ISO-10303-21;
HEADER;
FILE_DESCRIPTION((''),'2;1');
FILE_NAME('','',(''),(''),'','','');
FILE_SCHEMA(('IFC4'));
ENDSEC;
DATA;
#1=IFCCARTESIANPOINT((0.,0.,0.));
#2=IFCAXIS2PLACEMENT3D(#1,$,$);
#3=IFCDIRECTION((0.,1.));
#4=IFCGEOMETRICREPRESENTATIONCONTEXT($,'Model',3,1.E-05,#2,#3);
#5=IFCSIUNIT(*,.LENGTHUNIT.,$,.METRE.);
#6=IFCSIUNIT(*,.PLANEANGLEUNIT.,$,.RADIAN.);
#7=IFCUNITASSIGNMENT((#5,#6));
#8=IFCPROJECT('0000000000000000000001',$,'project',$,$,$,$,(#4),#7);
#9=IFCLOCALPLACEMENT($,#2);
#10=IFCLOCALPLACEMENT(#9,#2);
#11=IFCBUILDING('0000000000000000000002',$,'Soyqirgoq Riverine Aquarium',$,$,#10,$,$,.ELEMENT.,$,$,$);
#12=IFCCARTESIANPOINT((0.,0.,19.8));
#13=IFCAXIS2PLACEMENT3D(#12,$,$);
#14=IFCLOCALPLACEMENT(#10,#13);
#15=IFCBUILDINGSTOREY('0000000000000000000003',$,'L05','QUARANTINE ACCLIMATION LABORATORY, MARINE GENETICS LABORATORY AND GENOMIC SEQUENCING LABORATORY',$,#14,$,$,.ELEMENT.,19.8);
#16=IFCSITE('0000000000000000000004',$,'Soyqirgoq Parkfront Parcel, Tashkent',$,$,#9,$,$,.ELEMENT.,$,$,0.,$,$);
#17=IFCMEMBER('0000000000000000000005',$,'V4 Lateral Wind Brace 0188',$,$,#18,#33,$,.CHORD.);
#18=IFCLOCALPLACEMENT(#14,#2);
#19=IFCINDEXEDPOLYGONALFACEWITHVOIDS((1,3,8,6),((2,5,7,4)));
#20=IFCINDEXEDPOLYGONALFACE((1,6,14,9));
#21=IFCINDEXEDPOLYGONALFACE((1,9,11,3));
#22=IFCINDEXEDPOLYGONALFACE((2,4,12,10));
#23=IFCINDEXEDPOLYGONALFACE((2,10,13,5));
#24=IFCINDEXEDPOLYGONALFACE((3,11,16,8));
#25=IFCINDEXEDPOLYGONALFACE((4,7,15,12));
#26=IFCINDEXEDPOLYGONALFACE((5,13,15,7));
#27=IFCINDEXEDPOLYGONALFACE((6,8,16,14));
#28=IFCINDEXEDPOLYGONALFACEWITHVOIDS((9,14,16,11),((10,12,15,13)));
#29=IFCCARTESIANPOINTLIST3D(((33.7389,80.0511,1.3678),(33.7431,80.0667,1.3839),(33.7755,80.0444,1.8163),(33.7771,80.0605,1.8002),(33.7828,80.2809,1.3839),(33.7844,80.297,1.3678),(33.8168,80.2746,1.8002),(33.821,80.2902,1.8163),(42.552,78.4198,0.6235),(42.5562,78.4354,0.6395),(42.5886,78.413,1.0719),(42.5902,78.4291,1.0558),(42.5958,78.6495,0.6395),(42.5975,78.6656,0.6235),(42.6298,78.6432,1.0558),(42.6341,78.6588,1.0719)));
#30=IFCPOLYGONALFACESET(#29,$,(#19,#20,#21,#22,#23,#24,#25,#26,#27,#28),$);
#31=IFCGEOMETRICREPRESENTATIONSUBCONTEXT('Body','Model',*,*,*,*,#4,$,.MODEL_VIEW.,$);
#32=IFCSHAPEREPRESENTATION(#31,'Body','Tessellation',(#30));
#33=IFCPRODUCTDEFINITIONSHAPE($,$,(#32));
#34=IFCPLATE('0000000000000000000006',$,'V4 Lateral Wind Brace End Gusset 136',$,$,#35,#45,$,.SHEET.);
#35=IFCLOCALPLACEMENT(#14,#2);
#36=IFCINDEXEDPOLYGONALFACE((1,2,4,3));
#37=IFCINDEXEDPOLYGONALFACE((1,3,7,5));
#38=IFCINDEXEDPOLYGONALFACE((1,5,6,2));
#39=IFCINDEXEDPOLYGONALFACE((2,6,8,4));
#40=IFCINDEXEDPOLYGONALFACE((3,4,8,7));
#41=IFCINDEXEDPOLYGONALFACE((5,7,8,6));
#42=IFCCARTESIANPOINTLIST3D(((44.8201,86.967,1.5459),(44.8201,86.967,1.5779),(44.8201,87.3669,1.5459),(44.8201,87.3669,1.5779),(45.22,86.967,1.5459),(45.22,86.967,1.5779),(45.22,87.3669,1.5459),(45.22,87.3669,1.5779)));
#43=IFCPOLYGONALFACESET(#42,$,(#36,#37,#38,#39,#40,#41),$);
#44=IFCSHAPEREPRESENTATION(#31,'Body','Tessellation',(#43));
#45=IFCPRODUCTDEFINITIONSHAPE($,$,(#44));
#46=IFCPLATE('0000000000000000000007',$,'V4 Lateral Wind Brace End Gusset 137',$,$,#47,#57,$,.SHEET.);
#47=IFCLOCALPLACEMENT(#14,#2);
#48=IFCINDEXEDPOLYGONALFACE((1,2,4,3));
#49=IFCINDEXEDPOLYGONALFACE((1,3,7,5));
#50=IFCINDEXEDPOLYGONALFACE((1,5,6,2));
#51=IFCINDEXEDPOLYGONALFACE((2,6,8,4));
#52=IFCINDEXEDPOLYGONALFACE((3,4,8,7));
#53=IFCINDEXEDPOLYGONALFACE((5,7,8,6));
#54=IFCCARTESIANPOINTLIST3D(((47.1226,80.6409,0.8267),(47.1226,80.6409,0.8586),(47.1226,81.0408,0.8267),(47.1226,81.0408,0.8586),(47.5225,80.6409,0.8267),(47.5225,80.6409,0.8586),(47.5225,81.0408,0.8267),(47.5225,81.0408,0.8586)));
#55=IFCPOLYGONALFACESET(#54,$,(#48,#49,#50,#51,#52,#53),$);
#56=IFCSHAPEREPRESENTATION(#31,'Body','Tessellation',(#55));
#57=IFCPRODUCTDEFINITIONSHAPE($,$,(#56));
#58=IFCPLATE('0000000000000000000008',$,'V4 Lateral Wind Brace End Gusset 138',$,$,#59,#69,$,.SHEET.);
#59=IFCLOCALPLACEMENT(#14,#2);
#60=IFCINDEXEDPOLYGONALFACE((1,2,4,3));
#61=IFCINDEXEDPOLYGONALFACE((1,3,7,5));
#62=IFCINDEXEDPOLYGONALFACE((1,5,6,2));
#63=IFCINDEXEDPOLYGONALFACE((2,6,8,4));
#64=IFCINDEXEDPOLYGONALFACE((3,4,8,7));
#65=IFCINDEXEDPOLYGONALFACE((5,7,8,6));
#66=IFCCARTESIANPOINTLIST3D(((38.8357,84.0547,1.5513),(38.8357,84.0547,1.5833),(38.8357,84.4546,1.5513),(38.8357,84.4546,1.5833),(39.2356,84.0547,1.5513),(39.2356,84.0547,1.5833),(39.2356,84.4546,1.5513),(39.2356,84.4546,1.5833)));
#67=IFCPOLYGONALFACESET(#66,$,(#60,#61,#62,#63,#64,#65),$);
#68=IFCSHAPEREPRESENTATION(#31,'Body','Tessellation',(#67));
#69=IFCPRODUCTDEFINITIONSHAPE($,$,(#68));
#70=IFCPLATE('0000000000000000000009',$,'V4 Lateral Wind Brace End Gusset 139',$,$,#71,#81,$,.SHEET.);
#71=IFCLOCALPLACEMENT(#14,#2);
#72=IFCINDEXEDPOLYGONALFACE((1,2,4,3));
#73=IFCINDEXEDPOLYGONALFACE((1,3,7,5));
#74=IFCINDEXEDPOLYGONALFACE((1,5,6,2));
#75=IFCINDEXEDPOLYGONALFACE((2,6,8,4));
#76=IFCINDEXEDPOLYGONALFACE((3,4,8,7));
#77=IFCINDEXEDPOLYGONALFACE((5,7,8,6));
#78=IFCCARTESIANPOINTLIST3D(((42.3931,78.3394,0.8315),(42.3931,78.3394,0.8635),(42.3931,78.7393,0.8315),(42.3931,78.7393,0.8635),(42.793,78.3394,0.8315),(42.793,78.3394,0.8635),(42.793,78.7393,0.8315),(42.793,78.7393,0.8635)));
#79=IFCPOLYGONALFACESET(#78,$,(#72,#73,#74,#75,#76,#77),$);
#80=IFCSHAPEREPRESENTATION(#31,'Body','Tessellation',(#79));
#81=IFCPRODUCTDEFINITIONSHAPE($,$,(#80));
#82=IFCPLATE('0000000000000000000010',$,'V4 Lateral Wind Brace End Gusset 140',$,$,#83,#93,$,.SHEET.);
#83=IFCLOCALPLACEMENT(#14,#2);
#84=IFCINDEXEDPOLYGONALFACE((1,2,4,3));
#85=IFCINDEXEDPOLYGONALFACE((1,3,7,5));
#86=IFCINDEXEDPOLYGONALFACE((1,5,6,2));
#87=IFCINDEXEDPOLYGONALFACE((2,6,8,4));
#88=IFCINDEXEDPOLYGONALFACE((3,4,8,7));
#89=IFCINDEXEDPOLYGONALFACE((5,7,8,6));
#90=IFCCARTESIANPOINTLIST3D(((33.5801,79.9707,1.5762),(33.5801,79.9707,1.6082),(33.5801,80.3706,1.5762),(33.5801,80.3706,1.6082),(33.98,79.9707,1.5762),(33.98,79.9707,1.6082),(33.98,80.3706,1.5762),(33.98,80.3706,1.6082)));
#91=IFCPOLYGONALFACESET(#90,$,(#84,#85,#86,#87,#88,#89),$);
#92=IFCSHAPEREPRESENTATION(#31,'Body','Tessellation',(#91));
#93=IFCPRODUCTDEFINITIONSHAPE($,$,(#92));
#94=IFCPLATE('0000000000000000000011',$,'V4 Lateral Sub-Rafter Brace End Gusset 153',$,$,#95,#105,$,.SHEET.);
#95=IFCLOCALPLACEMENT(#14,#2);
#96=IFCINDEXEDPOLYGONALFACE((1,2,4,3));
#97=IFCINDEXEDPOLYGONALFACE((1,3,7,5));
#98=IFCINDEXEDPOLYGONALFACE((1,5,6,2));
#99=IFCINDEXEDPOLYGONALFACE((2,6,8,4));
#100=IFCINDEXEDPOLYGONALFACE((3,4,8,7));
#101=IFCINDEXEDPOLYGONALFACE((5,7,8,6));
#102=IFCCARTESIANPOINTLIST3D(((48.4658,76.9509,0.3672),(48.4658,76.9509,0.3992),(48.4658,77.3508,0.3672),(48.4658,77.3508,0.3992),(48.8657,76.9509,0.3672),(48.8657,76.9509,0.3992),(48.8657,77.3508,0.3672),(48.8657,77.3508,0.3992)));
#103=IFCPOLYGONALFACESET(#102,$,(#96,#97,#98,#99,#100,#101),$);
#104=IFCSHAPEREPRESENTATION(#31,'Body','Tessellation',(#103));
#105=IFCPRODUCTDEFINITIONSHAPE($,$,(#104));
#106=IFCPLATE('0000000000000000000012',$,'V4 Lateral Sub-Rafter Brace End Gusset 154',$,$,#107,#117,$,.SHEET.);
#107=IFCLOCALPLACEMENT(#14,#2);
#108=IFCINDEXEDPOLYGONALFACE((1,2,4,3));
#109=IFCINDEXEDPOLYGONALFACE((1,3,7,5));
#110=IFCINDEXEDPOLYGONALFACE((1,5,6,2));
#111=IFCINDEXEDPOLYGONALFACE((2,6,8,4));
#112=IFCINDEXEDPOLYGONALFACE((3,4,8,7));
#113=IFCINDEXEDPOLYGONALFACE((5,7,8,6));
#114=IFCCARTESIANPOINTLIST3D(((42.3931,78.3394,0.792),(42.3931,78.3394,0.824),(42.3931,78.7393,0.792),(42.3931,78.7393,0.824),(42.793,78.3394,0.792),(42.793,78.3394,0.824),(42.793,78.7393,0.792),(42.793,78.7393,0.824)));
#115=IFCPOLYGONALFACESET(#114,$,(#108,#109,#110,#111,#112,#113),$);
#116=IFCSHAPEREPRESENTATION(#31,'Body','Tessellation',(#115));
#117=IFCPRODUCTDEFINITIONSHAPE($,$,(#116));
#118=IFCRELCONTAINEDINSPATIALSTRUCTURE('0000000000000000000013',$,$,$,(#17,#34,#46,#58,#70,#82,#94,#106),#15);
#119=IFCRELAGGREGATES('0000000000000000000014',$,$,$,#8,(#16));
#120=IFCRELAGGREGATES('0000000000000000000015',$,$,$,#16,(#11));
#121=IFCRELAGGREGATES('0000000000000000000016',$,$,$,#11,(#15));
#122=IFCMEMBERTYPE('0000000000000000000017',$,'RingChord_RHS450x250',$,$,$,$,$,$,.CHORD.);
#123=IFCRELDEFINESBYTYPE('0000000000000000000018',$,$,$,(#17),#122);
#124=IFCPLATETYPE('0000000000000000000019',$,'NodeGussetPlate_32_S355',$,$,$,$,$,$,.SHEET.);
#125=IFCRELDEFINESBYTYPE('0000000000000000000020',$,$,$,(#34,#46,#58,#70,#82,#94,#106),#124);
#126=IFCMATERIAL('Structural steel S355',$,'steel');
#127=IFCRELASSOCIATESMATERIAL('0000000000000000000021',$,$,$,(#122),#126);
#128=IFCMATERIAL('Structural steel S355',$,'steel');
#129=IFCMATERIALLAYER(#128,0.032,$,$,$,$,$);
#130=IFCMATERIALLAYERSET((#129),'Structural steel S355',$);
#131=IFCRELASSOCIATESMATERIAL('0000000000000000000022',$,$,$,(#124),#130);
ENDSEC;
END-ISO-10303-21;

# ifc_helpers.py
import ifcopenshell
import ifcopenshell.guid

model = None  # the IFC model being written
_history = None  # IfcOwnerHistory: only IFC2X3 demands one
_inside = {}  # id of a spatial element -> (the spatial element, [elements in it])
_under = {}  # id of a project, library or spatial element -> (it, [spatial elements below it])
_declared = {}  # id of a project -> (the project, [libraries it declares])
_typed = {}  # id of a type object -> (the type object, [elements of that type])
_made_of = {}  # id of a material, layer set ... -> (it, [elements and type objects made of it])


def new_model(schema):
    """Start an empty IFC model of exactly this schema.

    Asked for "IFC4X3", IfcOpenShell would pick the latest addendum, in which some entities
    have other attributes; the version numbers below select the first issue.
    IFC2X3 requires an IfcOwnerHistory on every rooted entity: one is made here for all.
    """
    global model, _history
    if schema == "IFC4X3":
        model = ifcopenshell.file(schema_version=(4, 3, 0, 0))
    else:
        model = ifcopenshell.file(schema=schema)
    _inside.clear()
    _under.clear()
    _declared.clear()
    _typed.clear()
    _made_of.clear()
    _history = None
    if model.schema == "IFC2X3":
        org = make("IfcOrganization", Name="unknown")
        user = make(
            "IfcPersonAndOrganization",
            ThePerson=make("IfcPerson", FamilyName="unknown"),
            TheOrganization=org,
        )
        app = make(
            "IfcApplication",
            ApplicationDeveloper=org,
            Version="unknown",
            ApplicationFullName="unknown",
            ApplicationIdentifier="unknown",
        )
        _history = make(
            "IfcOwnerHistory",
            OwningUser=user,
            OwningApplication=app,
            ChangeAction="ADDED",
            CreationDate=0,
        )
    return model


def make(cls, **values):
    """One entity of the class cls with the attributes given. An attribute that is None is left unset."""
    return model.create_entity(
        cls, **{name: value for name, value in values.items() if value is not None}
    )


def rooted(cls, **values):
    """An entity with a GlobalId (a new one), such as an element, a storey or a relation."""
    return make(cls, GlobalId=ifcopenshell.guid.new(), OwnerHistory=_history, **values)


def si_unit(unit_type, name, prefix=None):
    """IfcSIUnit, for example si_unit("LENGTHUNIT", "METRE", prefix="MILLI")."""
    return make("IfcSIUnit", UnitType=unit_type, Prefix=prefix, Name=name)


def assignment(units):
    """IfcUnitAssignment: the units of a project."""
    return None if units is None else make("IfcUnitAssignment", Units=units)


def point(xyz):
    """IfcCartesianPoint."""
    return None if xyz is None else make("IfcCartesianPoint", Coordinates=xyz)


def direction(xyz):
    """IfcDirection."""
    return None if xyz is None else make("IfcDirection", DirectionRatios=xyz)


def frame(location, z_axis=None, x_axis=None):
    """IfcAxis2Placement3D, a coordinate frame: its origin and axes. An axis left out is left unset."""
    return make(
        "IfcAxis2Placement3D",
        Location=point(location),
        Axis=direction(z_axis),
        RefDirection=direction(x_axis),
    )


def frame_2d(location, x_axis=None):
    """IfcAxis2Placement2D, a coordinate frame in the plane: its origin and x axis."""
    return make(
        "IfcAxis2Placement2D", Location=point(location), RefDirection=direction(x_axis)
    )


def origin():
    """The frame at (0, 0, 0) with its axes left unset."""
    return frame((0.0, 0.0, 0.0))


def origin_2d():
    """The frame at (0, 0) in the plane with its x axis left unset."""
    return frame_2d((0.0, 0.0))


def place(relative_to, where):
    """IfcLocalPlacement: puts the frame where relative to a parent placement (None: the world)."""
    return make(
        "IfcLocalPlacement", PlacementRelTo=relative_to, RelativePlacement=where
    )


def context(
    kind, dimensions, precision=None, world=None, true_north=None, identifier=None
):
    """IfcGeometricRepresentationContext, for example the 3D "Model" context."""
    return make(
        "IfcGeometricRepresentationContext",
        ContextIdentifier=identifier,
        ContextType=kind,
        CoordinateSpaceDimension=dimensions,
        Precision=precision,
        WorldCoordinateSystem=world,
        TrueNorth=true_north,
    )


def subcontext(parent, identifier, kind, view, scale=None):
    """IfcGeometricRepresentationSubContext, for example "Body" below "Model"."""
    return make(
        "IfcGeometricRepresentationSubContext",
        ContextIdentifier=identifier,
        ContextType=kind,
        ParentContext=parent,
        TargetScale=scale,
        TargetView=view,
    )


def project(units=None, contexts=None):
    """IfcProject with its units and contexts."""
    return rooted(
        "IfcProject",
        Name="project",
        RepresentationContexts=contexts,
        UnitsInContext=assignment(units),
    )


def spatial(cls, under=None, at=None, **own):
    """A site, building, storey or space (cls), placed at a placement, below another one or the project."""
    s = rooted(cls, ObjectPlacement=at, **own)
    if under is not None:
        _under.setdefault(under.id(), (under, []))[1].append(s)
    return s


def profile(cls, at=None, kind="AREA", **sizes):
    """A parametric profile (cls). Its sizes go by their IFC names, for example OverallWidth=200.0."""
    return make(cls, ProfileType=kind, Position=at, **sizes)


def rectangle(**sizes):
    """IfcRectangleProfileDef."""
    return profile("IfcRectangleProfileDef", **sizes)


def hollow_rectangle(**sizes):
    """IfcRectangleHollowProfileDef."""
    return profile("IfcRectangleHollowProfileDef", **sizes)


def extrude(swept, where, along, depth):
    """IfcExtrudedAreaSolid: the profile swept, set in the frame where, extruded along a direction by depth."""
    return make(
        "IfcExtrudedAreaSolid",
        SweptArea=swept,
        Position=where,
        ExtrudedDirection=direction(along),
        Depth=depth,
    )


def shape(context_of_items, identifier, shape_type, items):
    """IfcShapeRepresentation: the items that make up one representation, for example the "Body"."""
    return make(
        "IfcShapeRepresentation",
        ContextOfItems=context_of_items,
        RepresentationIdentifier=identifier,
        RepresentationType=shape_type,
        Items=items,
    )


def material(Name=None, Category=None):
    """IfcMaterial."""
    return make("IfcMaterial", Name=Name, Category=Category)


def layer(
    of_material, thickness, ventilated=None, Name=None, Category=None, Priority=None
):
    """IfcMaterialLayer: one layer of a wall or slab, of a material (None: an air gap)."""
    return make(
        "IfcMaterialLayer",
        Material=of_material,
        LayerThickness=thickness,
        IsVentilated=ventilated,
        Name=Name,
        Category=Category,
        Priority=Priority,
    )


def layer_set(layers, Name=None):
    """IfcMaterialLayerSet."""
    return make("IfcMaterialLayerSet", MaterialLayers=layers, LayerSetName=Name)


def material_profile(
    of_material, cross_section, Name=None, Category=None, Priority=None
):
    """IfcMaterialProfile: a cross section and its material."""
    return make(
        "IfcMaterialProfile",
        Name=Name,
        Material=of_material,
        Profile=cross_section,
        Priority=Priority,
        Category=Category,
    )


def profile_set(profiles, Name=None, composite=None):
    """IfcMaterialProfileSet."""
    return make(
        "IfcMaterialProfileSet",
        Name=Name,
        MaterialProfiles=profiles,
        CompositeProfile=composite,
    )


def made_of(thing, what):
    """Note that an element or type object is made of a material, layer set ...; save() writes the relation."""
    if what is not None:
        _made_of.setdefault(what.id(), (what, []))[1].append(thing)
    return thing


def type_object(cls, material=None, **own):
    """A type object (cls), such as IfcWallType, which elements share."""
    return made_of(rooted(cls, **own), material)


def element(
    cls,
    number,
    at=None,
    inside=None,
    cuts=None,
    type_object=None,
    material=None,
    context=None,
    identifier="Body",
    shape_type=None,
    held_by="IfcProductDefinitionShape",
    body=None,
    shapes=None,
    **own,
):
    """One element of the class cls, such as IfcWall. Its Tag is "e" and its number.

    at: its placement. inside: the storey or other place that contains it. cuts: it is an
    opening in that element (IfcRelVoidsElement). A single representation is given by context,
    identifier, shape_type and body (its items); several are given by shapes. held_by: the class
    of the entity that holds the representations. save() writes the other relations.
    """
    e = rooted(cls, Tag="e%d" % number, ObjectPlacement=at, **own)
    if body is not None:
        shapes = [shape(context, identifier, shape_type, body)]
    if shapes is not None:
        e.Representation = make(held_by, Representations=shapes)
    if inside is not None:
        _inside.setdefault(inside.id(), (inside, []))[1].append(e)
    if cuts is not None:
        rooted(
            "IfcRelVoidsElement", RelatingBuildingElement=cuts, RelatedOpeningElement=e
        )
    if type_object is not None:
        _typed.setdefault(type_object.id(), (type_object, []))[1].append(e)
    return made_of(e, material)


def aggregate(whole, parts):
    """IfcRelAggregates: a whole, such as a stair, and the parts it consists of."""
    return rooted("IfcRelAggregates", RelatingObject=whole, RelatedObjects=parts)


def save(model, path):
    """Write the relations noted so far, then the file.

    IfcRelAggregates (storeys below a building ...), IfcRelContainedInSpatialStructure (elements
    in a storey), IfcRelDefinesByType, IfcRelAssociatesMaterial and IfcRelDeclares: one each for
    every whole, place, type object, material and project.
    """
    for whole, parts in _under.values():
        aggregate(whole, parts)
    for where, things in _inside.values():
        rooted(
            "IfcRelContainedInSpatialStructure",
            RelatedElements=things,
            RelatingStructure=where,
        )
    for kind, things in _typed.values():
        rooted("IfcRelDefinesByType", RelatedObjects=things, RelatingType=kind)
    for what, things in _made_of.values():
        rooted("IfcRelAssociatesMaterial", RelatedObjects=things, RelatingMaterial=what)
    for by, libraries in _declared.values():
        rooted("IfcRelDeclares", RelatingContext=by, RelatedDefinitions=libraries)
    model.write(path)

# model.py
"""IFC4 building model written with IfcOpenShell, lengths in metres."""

from ifc_helpers import new_model, si_unit, direction, frame, origin, origin_2d, place, context, subcontext, project, spatial, rectangle, hollow_rectangle, extrude, material, layer, layer_set, material_profile, profile_set, type_object, element, save


model = new_model("IFC4")

# Units and contexts
model_context = context("Model", 3, precision=1e-05, world=origin(), true_north=direction((0.0, 1.0)))
body_context = subcontext(model_context, "Body", "Model", "MODEL_VIEW")
ifc_project = project(units=[si_unit("LENGTHUNIT", "METRE"), si_unit("PLANEANGLEUNIT", "RADIAN")], contexts=[model_context])

# Site, building, storey
site_placement = place(None, origin())
site = spatial("IfcSite", under=ifc_project, at=site_placement, Name="Soyqirgoq Parkfront Parcel, Tashkent", CompositionType="ELEMENT", RefElevation=0.0)
building_placement = place(site_placement, origin())
building = spatial("IfcBuilding", under=site, at=building_placement, Name="Soyqirgoq Riverine Aquarium", CompositionType="ELEMENT")
storey_placement = place(building_placement, frame((0.0, 0.0, 19.8)))
storey = spatial("IfcBuildingStorey", under=building, at=storey_placement, Name="L05", Description="QUARANTINE ACCLIMATION LABORATORY, MARINE GENETICS LABORATORY AND GENOMIC SEQUENCING LABORATORY", CompositionType="ELEMENT", Elevation=19.8)

# Member
ifc_material_1 = material(Name="Structural steel S355", Category="steel")
ifc_material_profile_1 = material_profile(ifc_material_1, hollow_rectangle(XDim=0.25, YDim=0.45, WallThickness=0.0161, at=origin_2d()), Name="RHS 450x250x16")
ifc_profile_set_1 = profile_set([ifc_material_profile_1], Name="Structural steel S355")
member_type_1 = type_object("IfcMemberType", Name="RingChord_RHS450x250", PredefinedType="CHORD", material=ifc_profile_set_1)
member_1_placement = place(storey_placement, frame((42.593, 78.5393, 0.8477), z_axis=(-0.979922, 0.181391, 0.082769), x_axis=(-0.182015, -0.983296, 0.0)))
element("IfcMember", 1, at=member_1_placement, inside=storey, type_object=member_type_1, Name="V4 Lateral Wind Brace 0188", PredefinedType="CHORD", context=body_context, shape_type="SweptSolid", body=[
    extrude(hollow_rectangle(XDim=0.25, YDim=0.45, WallThickness=0.0161, at=origin_2d()), origin(), (0.0, 0.0, 1.0), 8.9937),
])

# Plates
ifc_material_2 = material(Name="Structural steel S355", Category="steel")
ifc_layer = layer(ifc_material_2, 0.032)
ifc_layer_set = layer_set([ifc_layer], Name="Structural steel S355")
plate_type = type_object("IfcPlateType", Name="NodeGussetPlate_32_S355", PredefinedType="SHEET", material=ifc_layer_set)
for number, where, z_axis, x_axis, name in (
    (2, (45.02, 87.167, 1.5459), (0.0, 0.0, 1.0), (1.0, 0.0, 0.0), "V4 Lateral Wind Brace End Gusset 136"),
    (3, (47.3225, 80.8408, 0.8267), (0.0, 0.0, 1.0), (1.0, 0.0, 0.0), "V4 Lateral Wind Brace End Gusset 137"),
    (4, (39.0356, 84.2546, 1.5513), (0.0, 0.0, 1.0), (1.0, 0.0, 0.0), "V4 Lateral Wind Brace End Gusset 138"),
    (5, (42.593, 78.5393, 0.8315), (0.0, 0.0, 1.0), (1.0, 0.0, 0.0), "V4 Lateral Wind Brace End Gusset 139"),
    (6, (33.78, 80.1707, 1.5762), (0.0, 0.0, 1.0), (1.0, 0.0, 0.0), "V4 Lateral Wind Brace End Gusset 140"),
    (7, (48.6658, 77.1509, 0.3672), (0.0, 0.0, 1.0), (1.0, 0.0, 0.0), "V4 Lateral Sub-Rafter Brace End Gusset 153"),
    (8, (42.593, 78.5393, 0.792), (0.0, 0.0, 1.0), (1.0, 0.0, 0.0), "V4 Lateral Sub-Rafter Brace End Gusset 154"),
):
    element("IfcPlate", number, at=place(storey_placement, frame(where, z_axis=z_axis, x_axis=x_axis)), inside=storey, type_object=plate_type, Name=name, PredefinedType="SHEET", context=body_context, shape_type="SweptSolid", body=[
        extrude(rectangle(XDim=0.3999, YDim=0.3999, at=origin_2d()), origin(), (0.0, 0.0, 1.0), 0.032),
    ])

save(model, "model.ifc")
